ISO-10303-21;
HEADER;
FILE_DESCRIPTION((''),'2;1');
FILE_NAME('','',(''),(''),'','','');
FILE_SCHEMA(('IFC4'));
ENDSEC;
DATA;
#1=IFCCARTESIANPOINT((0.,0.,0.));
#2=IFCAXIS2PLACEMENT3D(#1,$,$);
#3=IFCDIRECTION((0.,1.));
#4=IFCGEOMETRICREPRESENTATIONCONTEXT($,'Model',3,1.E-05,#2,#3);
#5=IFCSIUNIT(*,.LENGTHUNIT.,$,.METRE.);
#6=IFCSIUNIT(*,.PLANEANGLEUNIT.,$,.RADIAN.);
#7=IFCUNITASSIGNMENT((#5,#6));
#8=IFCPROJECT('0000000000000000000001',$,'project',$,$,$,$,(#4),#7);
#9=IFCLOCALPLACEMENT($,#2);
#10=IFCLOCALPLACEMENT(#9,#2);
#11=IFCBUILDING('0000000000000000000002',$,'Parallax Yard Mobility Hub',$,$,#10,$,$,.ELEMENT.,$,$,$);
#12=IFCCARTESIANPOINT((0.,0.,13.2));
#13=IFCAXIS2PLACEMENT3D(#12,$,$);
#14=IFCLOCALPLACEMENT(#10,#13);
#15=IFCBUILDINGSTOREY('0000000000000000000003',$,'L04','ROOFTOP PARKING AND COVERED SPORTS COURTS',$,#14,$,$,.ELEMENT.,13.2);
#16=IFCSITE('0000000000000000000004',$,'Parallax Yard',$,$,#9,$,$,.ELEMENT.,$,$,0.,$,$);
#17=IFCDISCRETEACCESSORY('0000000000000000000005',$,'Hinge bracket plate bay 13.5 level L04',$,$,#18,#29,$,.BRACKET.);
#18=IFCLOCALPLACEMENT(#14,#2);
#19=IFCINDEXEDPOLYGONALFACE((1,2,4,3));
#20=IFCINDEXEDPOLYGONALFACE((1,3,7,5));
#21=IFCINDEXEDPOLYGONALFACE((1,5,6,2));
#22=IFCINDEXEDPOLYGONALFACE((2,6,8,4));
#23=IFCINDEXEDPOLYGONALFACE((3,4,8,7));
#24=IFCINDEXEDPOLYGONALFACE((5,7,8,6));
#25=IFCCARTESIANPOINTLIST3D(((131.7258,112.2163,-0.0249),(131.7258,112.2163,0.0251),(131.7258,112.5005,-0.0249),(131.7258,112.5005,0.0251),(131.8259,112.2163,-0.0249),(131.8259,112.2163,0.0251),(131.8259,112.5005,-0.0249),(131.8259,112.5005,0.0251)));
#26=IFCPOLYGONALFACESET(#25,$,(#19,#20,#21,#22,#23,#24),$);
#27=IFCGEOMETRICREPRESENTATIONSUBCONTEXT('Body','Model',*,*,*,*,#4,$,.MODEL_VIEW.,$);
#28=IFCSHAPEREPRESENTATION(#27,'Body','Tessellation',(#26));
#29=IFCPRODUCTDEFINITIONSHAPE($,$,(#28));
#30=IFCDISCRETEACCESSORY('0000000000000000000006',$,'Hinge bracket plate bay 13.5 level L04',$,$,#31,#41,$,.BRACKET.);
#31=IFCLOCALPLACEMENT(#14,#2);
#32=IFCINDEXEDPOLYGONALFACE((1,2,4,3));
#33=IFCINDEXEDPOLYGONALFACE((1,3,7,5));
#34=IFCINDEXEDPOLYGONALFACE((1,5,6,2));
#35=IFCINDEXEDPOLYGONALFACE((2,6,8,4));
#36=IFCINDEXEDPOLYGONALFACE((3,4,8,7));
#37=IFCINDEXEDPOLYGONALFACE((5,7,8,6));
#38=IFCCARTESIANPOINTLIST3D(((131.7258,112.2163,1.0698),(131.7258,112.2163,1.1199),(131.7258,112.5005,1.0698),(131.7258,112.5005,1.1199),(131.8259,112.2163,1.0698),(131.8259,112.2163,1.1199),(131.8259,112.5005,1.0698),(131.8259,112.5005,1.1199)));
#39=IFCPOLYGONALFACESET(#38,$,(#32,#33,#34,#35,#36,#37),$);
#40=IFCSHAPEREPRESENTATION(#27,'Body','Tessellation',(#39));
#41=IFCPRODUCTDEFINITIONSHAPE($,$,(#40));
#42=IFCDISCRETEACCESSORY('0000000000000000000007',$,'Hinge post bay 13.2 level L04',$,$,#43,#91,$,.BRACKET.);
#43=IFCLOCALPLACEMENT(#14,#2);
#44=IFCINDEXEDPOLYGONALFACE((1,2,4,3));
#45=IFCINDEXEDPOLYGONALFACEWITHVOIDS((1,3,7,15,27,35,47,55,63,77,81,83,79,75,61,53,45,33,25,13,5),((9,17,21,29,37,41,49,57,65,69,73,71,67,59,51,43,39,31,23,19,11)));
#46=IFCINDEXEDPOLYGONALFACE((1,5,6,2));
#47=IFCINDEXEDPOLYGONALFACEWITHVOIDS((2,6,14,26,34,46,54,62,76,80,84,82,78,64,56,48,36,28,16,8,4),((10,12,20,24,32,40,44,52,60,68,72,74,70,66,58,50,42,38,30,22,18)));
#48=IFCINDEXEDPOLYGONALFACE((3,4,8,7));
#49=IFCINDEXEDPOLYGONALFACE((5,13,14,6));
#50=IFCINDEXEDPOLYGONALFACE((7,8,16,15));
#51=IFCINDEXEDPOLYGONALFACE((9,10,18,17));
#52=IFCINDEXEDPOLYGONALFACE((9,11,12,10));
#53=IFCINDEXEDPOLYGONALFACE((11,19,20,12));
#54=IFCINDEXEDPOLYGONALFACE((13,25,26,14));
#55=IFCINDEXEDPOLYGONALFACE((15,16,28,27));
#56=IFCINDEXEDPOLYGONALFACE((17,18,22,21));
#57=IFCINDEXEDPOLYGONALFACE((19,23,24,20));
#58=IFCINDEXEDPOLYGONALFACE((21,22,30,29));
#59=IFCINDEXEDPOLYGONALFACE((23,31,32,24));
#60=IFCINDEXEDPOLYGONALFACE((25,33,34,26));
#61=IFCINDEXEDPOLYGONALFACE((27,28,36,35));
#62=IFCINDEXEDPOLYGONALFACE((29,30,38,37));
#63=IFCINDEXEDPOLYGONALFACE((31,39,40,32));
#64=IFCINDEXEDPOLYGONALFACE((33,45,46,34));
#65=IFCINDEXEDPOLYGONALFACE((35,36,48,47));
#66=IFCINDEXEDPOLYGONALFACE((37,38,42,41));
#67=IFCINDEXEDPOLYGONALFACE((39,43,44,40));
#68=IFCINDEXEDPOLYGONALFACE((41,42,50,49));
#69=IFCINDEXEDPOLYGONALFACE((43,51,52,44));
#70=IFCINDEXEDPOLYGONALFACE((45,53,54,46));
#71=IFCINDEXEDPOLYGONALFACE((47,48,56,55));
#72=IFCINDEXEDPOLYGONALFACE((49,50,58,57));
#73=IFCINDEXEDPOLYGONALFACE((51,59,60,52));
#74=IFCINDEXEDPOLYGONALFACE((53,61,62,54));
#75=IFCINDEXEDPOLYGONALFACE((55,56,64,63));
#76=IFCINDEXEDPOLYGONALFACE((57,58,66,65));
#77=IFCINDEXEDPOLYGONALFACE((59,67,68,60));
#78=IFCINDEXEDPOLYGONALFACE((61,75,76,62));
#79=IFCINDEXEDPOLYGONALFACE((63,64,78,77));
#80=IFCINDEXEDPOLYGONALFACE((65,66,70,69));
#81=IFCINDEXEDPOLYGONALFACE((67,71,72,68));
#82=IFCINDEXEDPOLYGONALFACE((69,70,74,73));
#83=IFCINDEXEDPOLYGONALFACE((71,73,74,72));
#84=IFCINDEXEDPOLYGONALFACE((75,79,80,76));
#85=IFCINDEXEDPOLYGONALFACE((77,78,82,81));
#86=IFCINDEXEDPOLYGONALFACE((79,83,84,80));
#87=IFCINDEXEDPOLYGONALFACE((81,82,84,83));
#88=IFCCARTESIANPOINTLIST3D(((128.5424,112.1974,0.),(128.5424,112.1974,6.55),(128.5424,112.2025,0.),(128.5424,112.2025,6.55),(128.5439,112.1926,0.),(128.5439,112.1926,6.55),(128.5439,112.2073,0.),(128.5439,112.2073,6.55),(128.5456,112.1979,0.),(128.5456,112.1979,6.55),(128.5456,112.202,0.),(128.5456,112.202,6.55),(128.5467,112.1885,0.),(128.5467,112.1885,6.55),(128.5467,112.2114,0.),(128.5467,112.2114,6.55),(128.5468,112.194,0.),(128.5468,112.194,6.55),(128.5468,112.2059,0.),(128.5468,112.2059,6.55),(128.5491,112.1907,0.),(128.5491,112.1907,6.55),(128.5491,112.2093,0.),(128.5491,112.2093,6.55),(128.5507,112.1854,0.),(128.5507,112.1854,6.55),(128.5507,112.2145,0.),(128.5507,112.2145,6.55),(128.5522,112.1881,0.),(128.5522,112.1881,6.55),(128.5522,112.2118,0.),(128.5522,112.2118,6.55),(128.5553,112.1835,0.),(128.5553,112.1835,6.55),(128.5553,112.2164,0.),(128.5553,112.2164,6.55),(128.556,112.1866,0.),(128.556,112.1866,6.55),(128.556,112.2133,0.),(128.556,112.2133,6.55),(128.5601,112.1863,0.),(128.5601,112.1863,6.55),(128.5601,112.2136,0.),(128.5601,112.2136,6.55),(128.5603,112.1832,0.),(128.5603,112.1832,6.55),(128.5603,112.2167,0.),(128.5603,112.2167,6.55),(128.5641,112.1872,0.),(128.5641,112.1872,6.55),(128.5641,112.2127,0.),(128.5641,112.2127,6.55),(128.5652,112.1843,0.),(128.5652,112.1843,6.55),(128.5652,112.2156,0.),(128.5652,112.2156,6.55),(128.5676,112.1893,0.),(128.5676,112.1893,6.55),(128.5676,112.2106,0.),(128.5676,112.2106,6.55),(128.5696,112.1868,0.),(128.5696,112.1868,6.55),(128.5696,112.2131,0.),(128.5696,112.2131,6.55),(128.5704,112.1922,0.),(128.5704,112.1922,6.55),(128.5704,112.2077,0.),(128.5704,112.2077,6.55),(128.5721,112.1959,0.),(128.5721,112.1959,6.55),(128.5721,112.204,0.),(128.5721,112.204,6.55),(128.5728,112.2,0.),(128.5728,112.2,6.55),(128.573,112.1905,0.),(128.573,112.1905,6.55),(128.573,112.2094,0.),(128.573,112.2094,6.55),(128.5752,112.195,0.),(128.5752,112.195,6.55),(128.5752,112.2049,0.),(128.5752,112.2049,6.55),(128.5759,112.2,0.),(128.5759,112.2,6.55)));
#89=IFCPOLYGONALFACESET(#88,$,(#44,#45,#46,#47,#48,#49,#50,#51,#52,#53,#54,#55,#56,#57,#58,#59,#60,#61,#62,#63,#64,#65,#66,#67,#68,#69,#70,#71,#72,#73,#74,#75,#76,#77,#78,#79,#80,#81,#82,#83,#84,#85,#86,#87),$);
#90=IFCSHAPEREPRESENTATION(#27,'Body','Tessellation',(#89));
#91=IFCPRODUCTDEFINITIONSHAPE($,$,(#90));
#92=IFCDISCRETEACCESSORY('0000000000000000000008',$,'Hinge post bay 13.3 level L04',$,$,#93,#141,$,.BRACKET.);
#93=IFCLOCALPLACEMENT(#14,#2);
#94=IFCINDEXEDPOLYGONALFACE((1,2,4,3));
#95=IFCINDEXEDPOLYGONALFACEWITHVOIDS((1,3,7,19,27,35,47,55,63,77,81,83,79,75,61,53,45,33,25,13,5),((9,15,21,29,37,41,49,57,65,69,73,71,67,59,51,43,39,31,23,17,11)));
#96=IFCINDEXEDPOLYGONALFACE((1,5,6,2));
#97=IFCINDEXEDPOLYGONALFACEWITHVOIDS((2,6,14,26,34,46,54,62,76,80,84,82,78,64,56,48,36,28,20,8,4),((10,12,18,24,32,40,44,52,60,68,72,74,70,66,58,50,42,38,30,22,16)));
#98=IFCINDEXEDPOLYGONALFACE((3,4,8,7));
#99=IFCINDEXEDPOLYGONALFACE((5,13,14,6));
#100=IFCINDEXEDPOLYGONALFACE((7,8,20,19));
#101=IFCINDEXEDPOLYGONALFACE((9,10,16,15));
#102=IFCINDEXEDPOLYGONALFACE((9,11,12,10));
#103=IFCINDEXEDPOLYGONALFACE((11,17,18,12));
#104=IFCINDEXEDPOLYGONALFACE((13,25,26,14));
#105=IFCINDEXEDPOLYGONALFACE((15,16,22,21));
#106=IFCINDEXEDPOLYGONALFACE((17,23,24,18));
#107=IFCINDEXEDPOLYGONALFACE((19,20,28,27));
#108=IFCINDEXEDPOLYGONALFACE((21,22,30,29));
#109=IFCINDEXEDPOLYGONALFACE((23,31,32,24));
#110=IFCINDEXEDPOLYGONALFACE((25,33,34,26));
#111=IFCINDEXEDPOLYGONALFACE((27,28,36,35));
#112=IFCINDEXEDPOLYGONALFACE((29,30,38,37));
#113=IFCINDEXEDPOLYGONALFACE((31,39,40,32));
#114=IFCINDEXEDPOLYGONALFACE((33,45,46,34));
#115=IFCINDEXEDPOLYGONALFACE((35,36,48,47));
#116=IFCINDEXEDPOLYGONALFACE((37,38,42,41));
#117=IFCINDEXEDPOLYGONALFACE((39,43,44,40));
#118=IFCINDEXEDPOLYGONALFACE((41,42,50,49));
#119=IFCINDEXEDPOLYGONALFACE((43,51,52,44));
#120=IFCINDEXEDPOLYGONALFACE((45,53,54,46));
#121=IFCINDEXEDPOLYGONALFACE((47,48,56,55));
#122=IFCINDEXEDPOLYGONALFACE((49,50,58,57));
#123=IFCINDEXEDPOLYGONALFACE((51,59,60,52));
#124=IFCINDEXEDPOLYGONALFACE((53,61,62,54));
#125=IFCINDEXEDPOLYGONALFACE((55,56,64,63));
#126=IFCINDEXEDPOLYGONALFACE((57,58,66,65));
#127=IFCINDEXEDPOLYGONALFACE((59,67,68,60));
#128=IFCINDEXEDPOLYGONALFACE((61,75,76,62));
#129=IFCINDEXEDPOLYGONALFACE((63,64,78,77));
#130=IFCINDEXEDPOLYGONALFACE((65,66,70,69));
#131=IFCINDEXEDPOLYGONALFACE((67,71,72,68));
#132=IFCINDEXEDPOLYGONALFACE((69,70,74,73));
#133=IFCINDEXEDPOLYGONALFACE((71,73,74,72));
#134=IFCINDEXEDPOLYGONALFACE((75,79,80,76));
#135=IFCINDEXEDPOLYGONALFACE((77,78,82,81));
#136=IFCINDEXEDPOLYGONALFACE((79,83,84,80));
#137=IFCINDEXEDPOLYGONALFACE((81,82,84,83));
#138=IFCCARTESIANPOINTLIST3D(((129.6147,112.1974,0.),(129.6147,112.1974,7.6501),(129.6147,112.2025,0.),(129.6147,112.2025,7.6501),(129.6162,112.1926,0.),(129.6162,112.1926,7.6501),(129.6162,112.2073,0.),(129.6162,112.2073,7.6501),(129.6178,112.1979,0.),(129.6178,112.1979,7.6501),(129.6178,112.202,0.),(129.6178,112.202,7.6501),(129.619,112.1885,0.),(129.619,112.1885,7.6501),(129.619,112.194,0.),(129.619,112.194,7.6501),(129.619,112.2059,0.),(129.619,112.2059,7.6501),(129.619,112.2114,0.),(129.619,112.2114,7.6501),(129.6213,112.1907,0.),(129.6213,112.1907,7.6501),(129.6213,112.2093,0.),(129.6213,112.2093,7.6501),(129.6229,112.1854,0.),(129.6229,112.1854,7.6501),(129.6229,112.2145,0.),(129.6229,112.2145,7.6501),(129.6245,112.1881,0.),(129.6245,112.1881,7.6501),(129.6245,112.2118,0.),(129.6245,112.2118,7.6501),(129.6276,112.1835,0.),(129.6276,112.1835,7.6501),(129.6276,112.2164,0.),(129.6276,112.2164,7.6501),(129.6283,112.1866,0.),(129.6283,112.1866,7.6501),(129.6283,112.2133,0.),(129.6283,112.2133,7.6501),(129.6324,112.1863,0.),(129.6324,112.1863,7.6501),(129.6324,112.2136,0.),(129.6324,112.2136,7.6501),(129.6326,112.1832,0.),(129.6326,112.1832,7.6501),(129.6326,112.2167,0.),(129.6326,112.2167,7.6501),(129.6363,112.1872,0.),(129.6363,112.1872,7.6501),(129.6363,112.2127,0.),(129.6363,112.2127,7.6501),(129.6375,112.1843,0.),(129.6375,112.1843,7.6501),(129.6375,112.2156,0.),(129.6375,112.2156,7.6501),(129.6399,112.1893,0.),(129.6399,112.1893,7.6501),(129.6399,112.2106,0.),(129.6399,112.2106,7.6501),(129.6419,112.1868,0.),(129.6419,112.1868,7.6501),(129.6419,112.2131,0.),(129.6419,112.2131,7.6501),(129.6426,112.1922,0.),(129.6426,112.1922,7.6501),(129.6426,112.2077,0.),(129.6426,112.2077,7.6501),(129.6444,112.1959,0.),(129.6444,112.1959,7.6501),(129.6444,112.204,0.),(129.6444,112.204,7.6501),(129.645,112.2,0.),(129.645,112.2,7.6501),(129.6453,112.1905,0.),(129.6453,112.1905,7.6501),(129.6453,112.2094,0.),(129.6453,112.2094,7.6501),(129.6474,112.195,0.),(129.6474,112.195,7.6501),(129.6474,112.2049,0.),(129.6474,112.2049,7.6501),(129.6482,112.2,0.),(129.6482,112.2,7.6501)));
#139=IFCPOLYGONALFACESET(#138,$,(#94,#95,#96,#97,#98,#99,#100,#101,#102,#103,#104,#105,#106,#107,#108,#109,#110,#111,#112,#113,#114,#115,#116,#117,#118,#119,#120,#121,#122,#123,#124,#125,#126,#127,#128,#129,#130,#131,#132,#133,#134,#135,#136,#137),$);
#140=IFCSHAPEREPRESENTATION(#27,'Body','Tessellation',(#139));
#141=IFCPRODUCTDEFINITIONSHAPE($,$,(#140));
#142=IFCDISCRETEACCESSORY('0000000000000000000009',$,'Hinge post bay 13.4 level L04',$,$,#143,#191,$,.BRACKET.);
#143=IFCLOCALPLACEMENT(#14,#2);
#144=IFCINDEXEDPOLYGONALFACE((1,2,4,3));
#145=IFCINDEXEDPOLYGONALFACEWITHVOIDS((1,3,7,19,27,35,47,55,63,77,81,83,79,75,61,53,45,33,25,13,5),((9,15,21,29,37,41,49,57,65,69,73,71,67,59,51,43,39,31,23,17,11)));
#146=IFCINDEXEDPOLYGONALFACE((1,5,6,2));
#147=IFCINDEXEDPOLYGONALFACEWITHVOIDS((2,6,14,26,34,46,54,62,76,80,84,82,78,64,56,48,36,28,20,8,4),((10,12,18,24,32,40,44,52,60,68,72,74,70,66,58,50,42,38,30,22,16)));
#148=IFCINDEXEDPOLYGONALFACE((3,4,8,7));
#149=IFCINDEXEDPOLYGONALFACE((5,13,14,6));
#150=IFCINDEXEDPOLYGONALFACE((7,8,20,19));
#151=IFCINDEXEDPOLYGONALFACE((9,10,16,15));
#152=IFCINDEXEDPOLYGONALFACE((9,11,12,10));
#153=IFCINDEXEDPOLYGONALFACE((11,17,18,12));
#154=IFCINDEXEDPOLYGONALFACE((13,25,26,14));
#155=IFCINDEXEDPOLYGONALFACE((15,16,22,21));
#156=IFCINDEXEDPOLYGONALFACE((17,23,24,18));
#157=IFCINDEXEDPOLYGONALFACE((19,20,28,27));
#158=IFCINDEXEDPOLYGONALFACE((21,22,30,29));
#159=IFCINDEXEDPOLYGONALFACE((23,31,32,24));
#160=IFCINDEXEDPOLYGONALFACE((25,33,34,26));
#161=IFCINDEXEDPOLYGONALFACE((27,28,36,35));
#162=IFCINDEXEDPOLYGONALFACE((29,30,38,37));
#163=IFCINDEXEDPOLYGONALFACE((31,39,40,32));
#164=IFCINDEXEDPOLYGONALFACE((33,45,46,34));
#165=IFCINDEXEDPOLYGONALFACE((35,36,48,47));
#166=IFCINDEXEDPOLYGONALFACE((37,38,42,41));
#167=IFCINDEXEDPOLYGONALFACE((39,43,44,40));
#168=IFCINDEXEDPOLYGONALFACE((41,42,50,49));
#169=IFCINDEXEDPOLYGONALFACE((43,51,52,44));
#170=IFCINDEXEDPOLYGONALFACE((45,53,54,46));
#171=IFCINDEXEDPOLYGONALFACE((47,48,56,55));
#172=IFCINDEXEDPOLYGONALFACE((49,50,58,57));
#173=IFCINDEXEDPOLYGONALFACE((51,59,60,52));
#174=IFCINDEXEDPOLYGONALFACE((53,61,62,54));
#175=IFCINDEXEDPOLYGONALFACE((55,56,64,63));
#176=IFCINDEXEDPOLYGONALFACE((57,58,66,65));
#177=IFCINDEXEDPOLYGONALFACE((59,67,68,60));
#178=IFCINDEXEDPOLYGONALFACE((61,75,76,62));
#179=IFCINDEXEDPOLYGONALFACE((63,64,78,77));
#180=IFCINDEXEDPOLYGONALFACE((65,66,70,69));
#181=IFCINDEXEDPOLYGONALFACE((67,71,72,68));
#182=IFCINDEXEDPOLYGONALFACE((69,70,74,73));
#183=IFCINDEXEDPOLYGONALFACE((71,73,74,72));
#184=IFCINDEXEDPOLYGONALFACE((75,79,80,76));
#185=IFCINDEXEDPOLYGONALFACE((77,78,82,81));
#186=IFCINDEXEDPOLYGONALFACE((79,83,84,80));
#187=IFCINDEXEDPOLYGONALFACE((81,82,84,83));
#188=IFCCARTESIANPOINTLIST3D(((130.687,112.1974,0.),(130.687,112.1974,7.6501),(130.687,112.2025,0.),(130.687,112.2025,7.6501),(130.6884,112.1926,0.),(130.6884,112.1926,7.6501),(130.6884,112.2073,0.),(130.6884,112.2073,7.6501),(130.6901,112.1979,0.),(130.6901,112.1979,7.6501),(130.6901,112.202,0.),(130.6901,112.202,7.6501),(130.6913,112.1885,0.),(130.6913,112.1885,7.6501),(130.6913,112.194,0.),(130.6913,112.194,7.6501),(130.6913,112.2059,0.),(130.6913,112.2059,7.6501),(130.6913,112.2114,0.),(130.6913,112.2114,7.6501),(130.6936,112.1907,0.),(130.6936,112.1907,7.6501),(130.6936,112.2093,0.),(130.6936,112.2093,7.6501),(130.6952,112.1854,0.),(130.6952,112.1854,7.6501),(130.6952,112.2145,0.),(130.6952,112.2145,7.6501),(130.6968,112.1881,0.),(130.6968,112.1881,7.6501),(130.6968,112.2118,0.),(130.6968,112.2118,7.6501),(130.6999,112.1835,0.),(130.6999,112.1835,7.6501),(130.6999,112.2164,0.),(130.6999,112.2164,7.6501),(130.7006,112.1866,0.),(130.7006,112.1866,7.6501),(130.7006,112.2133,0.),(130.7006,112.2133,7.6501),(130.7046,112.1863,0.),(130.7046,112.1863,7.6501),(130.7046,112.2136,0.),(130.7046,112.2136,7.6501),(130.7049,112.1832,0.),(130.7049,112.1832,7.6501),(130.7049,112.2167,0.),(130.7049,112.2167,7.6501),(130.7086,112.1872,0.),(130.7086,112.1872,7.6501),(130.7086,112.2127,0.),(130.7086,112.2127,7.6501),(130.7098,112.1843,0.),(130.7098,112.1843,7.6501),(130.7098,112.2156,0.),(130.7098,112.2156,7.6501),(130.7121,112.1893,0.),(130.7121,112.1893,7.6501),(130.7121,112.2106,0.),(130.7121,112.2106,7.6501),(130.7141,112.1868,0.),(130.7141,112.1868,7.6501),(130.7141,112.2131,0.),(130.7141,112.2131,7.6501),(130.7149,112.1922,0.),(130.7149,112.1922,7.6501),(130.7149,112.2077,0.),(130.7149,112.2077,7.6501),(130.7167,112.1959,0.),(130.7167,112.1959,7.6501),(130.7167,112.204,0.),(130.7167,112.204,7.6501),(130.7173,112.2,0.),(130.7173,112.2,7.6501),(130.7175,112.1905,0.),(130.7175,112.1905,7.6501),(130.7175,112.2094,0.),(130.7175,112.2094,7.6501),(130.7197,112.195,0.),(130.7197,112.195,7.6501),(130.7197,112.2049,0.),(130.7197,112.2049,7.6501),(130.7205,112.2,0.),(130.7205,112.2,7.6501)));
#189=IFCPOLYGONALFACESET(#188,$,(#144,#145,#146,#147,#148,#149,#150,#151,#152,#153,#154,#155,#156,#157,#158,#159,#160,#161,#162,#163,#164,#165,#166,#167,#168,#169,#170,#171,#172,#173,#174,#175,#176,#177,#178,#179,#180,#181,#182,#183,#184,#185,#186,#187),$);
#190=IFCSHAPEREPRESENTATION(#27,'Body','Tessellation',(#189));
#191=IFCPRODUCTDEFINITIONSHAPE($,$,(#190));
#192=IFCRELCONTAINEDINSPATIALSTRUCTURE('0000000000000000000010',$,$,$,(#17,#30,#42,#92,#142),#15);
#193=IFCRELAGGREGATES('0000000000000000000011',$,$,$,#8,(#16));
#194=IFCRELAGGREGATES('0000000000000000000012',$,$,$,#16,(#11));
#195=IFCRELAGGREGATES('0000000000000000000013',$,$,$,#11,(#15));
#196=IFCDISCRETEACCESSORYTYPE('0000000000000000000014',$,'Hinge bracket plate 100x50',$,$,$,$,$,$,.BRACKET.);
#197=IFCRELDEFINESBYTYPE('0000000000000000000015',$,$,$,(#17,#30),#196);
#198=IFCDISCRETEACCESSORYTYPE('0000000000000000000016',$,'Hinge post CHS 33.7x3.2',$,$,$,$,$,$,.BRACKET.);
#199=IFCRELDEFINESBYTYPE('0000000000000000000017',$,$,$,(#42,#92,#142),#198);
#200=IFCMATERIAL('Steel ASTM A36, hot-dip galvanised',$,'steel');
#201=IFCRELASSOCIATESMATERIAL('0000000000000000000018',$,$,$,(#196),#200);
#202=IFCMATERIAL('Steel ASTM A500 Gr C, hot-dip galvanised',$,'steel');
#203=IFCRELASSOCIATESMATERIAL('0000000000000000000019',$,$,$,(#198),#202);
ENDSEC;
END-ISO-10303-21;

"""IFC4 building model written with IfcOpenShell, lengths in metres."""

from ifc_helpers import new_model, si_unit, direction, frame, origin, origin_2d, place, context, subcontext, project, spatial, rectangle, hollow_circle, extrude, material, material_profile, profile_set, type_object, element, save


model = new_model("IFC4")

# Units and contexts
model_context = context("Model", 3, precision=1e-05, world=origin(), true_north=direction((0.0, 1.0)))
body_context = subcontext(model_context, "Body", "Model", "MODEL_VIEW")
ifc_project = project(units=[si_unit("LENGTHUNIT", "METRE"), si_unit("PLANEANGLEUNIT", "RADIAN")], contexts=[model_context])

# Site, building, storey
site_placement = place(None, origin())
site = spatial("IfcSite", under=ifc_project, at=site_placement, Name="Parallax Yard", CompositionType="ELEMENT", RefElevation=0.0)
building_placement = place(site_placement, origin())
building = spatial("IfcBuilding", under=site, at=building_placement, Name="Parallax Yard Mobility Hub", CompositionType="ELEMENT")
storey_placement = place(building_placement, frame((0.0, 0.0, 13.2)))
storey = spatial("IfcBuildingStorey", under=building, at=storey_placement, Name="L04", Description="ROOFTOP PARKING AND COVERED SPORTS COURTS", CompositionType="ELEMENT", Elevation=13.2)

# Discrete accessories
ifc_material_1 = material(Name="Steel ASTM A36, hot-dip galvanised", Category="steel")
discrete_accessory_type_1 = type_object("IfcDiscreteAccessoryType", Name="Hinge bracket plate 100x50", PredefinedType="BRACKET", material=ifc_material_1)
for number, where, z_axis, x_axis, name in (
    (1, (131.7759, 112.3584, -0.0249), (0.0, 0.0, 1.0), (0.0, -1.0, 0.0), "Hinge bracket plate bay 13.5 level L04"),
    (2, (131.7759, 112.3584, 1.0698), (0.0, 0.0, 1.0), (0.0, -1.0, 0.0), "Hinge bracket plate bay 13.5 level L04"),
):
    element("IfcDiscreteAccessory", number, at=place(storey_placement, frame(where, z_axis=z_axis, x_axis=x_axis)), inside=storey, type_object=discrete_accessory_type_1, Name=name, PredefinedType="BRACKET", context=body_context, shape_type="SweptSolid", body=[
        extrude(rectangle(XDim=0.2842, YDim=0.1001, at=origin_2d()), origin(), (0.0, 0.0, 1.0), 0.05),
    ])
ifc_material_2 = material(Name="Steel ASTM A500 Gr C, hot-dip galvanised", Category="steel")
ifc_material_profile = material_profile(ifc_material_2, hollow_circle(Radius=0.0168, WallThickness=0.0032, at=origin_2d()), Name="CHS 33.7x3.2")
ifc_profile_set = profile_set([ifc_material_profile], Name="Steel ASTM A500 Gr C, hot-dip galvanised")
discrete_accessory_type_2 = type_object("IfcDiscreteAccessoryType", Name="Hinge post CHS 33.7x3.2", PredefinedType="BRACKET", material=ifc_profile_set)
discrete_accessory_placement = place(storey_placement, frame((128.5591, 112.2, 0.0), z_axis=(0.0, 0.0, 1.0), x_axis=(1.0, 0.0, 0.0)))
element("IfcDiscreteAccessory", 3, at=discrete_accessory_placement, inside=storey, type_object=discrete_accessory_type_2, Name="Hinge post bay 13.2 level L04", PredefinedType="BRACKET", context=body_context, shape_type="SweptSolid", body=[
    extrude(hollow_circle(Radius=0.0168, WallThickness=0.0032, at=origin_2d()), origin(), (0.0, 0.0, 1.0), 6.55),
])
for number, where, z_axis, x_axis, name in (
    (4, (129.6313, 112.2, 0.0), (0.0, 0.0, 1.0), (1.0, 0.0, 0.0), "Hinge post bay 13.3 level L04"),
    (5, (130.7036, 112.2, 0.0), (0.0, 0.0, 1.0), (1.0, 0.0, 0.0), "Hinge post bay 13.4 level L04"),
):
    element("IfcDiscreteAccessory", number, at=place(storey_placement, frame(where, z_axis=z_axis, x_axis=x_axis)), inside=storey, type_object=discrete_accessory_type_2, Name=name, PredefinedType="BRACKET", context=body_context, shape_type="SweptSolid", body=[
        extrude(hollow_circle(Radius=0.0168, WallThickness=0.0032, at=origin_2d()), origin(), (0.0, 0.0, 1.0), 7.6501),
    ])

save(model, "model.ifc")
